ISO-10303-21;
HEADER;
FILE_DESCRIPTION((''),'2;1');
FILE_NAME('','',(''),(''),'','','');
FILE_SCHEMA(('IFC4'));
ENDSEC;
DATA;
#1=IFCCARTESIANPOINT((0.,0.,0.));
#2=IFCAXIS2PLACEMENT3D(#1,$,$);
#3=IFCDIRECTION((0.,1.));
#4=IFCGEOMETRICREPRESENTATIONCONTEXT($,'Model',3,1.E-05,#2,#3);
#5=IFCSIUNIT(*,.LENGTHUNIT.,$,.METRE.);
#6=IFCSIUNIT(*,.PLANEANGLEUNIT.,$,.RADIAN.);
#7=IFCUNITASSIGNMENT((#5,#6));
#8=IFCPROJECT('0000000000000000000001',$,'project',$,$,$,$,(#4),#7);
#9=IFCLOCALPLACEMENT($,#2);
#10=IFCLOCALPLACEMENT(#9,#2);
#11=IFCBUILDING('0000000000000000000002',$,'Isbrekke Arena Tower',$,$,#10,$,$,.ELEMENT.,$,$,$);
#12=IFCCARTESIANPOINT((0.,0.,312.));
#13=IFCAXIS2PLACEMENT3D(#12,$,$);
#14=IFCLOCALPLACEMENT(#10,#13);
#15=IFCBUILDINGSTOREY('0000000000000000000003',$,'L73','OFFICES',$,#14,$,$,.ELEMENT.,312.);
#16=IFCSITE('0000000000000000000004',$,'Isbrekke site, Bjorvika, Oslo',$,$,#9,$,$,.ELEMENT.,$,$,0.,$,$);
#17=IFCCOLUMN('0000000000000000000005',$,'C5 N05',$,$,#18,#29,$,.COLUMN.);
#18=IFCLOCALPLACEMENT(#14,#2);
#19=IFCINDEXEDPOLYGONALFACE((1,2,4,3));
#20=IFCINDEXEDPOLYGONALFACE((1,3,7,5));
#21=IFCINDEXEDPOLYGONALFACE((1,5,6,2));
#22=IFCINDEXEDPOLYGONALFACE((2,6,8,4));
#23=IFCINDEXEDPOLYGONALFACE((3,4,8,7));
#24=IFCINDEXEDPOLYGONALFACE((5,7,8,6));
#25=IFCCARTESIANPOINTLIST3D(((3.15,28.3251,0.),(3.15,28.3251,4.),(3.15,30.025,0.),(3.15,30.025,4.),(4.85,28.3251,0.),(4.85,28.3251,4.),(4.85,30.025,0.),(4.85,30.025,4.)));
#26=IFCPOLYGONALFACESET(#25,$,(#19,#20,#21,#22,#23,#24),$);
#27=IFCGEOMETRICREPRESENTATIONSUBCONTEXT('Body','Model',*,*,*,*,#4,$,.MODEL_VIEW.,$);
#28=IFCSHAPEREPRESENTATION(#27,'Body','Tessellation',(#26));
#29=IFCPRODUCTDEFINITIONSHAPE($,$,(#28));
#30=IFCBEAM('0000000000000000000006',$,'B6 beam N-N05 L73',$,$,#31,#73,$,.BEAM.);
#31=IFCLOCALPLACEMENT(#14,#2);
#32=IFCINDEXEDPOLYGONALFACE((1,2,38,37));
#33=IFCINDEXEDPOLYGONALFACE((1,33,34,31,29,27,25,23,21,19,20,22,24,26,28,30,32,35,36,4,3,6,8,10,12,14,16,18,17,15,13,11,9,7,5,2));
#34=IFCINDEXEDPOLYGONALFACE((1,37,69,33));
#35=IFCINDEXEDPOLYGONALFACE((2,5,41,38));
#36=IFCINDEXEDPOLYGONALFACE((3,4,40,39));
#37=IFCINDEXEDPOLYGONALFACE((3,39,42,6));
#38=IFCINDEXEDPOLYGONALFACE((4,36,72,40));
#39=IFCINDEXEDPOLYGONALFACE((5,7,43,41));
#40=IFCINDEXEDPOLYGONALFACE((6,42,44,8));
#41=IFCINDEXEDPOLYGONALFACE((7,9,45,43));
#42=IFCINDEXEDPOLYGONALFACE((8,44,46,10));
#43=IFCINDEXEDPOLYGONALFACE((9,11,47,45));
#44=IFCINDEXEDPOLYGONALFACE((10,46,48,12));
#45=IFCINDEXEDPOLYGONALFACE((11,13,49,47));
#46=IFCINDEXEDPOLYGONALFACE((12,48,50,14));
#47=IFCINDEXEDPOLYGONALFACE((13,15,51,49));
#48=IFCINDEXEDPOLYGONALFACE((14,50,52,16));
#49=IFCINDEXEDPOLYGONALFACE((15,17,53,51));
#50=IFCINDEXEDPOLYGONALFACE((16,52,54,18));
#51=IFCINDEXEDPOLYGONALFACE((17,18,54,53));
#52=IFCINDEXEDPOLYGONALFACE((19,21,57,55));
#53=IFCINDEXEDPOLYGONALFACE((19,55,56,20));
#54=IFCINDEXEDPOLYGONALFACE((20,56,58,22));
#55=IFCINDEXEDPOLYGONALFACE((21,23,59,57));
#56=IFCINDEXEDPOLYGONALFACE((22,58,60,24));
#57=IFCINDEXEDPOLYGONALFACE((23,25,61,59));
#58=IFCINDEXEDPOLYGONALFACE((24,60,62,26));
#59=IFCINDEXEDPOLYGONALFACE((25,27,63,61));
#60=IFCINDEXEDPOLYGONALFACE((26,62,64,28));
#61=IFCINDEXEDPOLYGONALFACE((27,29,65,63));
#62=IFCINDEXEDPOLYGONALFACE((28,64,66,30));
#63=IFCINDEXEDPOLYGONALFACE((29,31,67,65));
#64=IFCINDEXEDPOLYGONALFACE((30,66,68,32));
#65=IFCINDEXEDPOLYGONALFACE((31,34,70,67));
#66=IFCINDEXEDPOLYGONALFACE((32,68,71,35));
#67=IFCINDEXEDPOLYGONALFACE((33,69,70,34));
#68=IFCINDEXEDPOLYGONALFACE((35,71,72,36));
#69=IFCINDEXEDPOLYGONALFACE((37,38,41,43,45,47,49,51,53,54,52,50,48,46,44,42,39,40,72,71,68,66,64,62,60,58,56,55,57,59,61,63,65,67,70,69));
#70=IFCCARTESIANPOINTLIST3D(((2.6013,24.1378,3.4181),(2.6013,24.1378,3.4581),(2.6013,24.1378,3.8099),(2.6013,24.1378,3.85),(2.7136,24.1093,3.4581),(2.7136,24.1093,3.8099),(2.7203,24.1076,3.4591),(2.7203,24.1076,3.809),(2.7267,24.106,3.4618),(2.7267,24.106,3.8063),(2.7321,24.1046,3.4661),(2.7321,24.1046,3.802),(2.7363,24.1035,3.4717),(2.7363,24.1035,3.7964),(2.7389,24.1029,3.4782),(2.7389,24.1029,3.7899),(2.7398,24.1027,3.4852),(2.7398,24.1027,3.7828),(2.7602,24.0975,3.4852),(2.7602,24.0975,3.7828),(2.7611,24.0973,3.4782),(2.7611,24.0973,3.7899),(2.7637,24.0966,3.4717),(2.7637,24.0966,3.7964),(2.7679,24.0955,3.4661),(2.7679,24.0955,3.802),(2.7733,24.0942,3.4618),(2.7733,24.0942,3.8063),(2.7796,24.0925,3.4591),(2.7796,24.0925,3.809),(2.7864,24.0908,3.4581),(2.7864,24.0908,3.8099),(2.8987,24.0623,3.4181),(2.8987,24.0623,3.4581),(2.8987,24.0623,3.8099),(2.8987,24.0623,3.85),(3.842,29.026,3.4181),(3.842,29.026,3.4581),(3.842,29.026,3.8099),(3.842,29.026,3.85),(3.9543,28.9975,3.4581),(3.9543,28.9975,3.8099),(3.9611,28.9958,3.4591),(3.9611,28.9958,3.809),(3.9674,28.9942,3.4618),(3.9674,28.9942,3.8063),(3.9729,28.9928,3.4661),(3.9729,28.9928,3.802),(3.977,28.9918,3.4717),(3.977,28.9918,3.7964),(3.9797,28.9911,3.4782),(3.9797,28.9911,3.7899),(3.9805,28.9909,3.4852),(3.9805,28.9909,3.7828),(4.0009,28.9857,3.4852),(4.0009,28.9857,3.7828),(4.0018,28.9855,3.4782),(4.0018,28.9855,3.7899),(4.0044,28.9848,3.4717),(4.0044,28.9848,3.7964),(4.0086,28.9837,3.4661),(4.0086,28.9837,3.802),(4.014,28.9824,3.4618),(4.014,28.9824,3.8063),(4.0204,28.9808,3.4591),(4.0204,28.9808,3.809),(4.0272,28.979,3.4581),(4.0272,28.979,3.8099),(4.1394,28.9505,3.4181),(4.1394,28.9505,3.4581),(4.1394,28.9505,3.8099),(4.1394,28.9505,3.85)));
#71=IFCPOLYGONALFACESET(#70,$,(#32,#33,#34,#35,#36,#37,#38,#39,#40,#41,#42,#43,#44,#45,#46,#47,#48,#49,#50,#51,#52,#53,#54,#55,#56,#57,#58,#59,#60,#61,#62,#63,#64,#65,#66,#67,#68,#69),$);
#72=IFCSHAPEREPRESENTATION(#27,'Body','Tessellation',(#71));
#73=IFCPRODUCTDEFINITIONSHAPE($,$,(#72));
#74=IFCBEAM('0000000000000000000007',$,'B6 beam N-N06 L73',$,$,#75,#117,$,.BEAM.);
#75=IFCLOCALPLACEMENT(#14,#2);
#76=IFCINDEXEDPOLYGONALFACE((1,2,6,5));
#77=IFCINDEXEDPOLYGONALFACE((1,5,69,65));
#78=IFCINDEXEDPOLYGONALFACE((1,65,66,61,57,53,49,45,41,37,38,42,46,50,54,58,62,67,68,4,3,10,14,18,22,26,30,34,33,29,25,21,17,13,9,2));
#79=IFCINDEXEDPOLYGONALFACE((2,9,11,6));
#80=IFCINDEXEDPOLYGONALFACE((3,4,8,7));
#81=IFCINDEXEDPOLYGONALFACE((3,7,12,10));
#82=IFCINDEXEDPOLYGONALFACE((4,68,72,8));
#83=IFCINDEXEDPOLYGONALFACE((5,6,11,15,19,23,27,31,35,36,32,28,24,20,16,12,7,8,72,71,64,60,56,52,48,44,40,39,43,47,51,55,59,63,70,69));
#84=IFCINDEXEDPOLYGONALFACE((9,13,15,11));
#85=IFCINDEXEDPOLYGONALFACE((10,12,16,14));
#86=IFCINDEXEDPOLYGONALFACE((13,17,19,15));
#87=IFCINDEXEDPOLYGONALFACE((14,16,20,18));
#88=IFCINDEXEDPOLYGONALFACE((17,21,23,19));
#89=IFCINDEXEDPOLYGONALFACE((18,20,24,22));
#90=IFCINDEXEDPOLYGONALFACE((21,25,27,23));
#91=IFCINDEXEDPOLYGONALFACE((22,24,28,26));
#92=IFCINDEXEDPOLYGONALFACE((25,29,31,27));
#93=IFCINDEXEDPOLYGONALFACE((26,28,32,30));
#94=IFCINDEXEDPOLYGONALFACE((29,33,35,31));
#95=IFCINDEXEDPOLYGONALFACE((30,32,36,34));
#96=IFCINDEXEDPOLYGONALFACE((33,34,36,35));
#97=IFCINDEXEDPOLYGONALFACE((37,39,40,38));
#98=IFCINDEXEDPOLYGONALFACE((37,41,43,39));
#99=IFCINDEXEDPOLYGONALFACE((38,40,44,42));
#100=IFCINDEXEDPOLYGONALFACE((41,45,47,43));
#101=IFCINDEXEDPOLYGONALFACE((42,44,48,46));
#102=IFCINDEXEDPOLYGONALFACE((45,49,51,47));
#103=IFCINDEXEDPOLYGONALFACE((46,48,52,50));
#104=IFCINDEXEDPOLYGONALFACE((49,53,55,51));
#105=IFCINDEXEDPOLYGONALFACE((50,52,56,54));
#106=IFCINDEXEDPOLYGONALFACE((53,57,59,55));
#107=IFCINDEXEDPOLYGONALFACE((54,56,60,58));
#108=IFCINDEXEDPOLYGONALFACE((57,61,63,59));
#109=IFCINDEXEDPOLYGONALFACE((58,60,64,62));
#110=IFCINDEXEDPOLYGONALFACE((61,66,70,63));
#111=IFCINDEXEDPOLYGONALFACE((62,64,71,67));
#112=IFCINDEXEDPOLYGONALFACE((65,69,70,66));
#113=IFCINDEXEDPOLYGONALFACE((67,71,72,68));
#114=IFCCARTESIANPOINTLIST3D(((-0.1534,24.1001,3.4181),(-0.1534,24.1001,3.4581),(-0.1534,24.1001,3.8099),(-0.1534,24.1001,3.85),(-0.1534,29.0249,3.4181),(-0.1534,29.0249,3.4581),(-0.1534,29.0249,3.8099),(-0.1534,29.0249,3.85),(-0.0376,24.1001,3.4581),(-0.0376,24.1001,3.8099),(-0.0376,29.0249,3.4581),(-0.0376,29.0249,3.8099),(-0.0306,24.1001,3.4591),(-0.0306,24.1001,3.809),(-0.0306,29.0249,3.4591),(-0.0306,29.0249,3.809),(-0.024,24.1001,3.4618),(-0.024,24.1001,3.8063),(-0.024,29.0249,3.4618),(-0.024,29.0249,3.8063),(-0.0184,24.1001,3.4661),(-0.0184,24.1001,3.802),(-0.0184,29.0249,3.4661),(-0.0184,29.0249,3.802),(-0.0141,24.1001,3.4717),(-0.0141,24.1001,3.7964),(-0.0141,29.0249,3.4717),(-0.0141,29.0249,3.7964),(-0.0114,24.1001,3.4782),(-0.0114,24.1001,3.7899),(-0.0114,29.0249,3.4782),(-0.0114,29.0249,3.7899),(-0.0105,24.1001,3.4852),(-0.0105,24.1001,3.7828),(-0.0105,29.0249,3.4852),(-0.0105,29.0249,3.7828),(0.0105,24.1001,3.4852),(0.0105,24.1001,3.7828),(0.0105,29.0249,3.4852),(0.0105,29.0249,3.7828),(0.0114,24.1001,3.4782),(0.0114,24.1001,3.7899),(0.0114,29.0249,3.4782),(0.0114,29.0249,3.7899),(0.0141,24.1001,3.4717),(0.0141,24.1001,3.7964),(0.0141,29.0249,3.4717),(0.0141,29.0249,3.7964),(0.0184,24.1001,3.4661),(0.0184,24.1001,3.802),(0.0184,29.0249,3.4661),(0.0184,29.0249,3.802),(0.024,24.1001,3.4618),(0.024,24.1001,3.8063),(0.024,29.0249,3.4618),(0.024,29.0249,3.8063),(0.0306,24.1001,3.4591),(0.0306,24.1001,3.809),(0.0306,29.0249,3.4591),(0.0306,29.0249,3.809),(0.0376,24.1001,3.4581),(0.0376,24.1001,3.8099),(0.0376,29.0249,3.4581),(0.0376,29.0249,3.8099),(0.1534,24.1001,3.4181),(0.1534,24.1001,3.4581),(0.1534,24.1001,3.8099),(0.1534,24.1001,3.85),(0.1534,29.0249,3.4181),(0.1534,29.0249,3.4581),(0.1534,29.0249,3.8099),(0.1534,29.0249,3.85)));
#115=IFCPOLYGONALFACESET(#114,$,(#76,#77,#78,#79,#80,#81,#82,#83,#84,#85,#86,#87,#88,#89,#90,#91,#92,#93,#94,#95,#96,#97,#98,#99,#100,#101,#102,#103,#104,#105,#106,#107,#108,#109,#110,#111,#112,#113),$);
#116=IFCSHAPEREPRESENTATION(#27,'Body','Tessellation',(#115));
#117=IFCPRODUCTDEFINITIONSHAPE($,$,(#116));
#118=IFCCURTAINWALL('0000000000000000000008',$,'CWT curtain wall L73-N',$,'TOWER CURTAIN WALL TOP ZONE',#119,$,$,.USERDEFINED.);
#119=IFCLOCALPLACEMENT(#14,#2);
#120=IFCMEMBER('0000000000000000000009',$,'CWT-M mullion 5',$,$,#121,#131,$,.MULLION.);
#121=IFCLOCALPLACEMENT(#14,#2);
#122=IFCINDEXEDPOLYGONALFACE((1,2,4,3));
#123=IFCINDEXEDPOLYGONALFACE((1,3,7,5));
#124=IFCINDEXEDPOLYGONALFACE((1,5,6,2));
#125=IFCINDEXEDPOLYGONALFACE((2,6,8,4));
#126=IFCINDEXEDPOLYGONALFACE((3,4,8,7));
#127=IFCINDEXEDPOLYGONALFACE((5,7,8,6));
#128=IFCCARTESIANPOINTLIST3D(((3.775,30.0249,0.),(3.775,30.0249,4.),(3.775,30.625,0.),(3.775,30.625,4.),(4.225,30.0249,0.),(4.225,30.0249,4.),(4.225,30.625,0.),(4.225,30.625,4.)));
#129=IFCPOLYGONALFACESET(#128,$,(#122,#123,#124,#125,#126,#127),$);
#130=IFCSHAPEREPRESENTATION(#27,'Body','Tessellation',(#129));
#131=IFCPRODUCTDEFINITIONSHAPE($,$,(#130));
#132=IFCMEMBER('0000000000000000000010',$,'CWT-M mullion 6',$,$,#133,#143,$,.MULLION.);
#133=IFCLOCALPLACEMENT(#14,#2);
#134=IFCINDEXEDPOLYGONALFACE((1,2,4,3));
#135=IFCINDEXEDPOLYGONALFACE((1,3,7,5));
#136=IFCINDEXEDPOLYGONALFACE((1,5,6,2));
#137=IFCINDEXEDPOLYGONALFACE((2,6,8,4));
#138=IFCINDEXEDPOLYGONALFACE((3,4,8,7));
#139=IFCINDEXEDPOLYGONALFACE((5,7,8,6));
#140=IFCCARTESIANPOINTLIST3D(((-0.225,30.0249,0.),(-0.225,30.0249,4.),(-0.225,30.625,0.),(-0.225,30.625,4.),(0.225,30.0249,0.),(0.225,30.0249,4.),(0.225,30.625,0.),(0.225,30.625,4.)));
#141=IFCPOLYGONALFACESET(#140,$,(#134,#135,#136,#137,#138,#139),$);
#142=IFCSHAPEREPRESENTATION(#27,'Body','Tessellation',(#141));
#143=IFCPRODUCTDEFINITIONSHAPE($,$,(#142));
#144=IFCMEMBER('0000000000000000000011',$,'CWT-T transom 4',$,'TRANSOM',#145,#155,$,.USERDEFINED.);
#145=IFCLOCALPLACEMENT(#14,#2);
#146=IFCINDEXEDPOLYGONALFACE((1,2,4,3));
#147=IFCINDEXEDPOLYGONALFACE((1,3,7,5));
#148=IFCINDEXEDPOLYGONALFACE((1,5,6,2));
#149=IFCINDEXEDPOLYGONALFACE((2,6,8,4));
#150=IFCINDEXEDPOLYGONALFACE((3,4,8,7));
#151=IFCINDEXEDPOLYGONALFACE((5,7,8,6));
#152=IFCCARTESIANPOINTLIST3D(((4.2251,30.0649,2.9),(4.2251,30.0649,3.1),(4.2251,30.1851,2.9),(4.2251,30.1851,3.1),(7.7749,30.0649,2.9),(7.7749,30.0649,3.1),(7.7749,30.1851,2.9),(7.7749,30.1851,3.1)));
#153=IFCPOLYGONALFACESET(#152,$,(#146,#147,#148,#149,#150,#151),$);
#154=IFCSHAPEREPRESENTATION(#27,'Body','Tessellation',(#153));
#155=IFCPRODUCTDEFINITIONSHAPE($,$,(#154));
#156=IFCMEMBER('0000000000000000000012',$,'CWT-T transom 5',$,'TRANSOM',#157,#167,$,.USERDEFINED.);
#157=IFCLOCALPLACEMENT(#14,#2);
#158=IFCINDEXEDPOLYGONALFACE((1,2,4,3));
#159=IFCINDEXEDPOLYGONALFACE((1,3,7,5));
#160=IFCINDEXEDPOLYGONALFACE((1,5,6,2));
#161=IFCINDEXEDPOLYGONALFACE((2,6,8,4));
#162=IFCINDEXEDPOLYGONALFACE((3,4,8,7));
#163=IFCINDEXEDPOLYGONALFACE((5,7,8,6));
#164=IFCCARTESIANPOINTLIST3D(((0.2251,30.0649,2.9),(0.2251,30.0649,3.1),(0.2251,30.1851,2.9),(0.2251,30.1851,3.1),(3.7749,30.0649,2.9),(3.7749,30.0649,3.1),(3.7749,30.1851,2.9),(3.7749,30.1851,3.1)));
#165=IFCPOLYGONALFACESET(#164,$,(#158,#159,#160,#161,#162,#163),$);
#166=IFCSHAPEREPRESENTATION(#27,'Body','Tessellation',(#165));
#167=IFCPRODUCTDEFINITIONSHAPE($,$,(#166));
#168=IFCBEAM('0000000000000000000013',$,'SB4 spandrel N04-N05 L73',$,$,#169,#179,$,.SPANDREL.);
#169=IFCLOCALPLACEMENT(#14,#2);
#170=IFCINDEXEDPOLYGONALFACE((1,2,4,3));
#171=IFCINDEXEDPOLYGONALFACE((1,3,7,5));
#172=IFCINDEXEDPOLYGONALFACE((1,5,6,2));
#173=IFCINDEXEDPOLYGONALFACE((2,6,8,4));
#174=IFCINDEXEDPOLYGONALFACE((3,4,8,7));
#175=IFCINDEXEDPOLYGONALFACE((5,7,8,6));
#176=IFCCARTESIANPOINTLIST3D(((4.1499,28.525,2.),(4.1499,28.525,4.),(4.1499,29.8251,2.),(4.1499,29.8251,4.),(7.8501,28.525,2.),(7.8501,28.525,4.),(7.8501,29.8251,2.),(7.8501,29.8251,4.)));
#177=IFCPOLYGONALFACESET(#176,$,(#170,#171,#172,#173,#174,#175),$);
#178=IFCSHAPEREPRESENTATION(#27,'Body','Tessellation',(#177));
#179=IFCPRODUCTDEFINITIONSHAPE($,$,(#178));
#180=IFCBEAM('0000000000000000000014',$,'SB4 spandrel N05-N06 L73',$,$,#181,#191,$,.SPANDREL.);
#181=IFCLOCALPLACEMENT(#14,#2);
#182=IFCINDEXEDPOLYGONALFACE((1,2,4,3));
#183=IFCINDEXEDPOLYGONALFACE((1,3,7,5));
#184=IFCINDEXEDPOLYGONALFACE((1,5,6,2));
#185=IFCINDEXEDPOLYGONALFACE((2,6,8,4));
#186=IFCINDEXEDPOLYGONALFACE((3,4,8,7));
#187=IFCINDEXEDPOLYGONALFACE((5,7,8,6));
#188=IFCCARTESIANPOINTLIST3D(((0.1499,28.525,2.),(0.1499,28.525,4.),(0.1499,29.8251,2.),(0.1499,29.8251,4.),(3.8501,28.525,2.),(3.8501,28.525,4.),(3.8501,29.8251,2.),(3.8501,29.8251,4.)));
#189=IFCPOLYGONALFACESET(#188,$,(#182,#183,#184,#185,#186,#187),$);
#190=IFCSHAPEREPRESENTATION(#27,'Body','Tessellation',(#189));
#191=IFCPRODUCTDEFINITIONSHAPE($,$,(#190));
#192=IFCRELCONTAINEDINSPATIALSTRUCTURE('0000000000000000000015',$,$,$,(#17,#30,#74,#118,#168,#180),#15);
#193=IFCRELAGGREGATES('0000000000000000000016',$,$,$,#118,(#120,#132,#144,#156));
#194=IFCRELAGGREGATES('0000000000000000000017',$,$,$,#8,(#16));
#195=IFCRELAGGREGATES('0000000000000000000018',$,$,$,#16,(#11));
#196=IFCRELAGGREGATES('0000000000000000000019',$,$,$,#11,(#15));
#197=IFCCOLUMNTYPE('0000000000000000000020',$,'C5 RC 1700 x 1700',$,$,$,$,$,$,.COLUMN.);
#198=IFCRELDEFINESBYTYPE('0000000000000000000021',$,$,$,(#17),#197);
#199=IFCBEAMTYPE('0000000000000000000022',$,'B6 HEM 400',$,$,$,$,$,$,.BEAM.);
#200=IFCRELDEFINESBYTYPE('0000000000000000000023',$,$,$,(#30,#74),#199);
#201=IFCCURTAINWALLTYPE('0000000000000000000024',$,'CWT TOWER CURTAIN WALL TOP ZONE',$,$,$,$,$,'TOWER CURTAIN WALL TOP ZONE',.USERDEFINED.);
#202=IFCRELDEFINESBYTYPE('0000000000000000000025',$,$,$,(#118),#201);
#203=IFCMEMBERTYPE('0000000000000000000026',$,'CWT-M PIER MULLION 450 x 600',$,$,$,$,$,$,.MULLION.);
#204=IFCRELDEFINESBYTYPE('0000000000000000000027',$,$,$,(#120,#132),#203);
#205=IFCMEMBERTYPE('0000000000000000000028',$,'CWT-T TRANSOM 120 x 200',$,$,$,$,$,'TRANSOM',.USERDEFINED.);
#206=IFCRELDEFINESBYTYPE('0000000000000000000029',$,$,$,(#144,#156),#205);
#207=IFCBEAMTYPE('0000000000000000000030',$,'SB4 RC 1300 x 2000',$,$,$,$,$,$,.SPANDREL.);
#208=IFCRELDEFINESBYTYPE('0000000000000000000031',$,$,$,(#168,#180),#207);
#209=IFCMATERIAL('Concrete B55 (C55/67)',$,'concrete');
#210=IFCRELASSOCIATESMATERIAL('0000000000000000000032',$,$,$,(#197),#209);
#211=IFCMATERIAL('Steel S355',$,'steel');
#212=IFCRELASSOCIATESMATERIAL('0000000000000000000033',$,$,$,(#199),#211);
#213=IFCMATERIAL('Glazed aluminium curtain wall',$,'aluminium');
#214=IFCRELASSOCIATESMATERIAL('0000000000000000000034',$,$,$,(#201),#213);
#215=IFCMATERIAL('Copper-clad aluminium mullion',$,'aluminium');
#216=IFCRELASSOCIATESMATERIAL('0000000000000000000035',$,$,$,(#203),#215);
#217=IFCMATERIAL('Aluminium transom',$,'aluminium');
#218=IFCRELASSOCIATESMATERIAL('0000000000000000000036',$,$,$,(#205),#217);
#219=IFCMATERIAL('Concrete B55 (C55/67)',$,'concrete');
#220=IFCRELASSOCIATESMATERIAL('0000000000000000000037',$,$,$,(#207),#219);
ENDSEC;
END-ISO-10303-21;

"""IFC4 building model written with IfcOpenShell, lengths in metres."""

from ifc_helpers import new_model, si_unit, direction, frame, origin, origin_2d, place, context, subcontext, project, spatial, rectangle, i_section, extrude, material, material_profile, profile_set, type_object, element, aggregate, save


model = new_model("IFC4")

# Units and contexts
model_context = context("Model", 3, precision=1e-05, world=origin(), true_north=direction((0.0, 1.0)))
body_context = subcontext(model_context, "Body", "Model", "MODEL_VIEW")
ifc_project = project(units=[si_unit("LENGTHUNIT", "METRE"), si_unit("PLANEANGLEUNIT", "RADIAN")], contexts=[model_context])

# Site, building, storey
site_placement = place(None, origin())
site = spatial("IfcSite", under=ifc_project, at=site_placement, Name="Isbrekke site, Bjorvika, Oslo", CompositionType="ELEMENT", RefElevation=0.0)
building_placement = place(site_placement, origin())
building = spatial("IfcBuilding", under=site, at=building_placement, Name="Isbrekke Arena Tower", CompositionType="ELEMENT")
storey_placement = place(building_placement, frame((0.0, 0.0, 312.0)))
storey = spatial("IfcBuildingStorey", under=building, at=storey_placement, Name="L73", Description="OFFICES", CompositionType="ELEMENT", Elevation=312.0)

# Column
ifc_material_1 = material(Name="Concrete B55 (C55/67)", Category="concrete")
ifc_material_profile_1 = material_profile(ifc_material_1, rectangle(XDim=1.7, YDim=1.7, at=origin_2d()), Name="RC 1700x1700")
ifc_profile_set_1 = profile_set([ifc_material_profile_1], Name="Concrete B55 (C55/67)")
column_type = type_object("IfcColumnType", Name="C5 RC 1700 x 1700", PredefinedType="COLUMN", material=ifc_profile_set_1)
column_placement = place(storey_placement, frame((4.0, 29.175, 0.0), z_axis=(0.0, 0.0, 1.0), x_axis=(-1.0, 0.0, 0.0)))
element("IfcColumn", 1, at=column_placement, inside=storey, type_object=column_type, Name="C5 N05", PredefinedType="COLUMN", context=body_context, shape_type="SweptSolid", body=[
    extrude(rectangle(XDim=1.7, YDim=1.7, at=origin_2d()), origin(), (0.0, 0.0, 1.0), 4.0),
])

# Beams
ifc_material_2 = material(Name="Steel S355", Category="steel")
ifc_material_profile_2 = material_profile(ifc_material_2, i_section(OverallWidth=0.3069, OverallDepth=0.4319, WebThickness=0.021, FlangeThickness=0.04, FilletRadius=0.0271, at=origin_2d()), Name="HEM 400")
ifc_profile_set_2 = profile_set([ifc_material_profile_2], Name="Steel S355")
beam_type_1 = type_object("IfcBeamType", Name="B6 HEM 400", PredefinedType="BEAM", material=ifc_profile_set_2)
beam_1_placement = place(storey_placement, frame((3.9907, 28.9883, 3.634), z_axis=(-0.24602, -0.969265, 0.0), x_axis=(0.969265, -0.24602, 0.0)))
element("IfcBeam", 2, at=beam_1_placement, inside=storey, type_object=beam_type_1, Name="B6 beam N-N05 L73", PredefinedType="BEAM", context=body_context, shape_type="SweptSolid", body=[
    extrude(i_section(OverallWidth=0.3069, OverallDepth=0.4319, WebThickness=0.021, FlangeThickness=0.04, FilletRadius=0.0271, at=origin_2d()), origin(), (0.0, 0.0, 1.0), 5.0432),
])
beam_2_placement = place(storey_placement, frame((0.0, 29.0249, 3.634), z_axis=(0.0, -1.0, 0.0), x_axis=(1.0, 0.0, 0.0)))
element("IfcBeam", 3, at=beam_2_placement, inside=storey, type_object=beam_type_1, Name="B6 beam N-N06 L73", PredefinedType="BEAM", context=body_context, shape_type="SweptSolid", body=[
    extrude(i_section(OverallWidth=0.3069, OverallDepth=0.4319, WebThickness=0.021, FlangeThickness=0.04, FilletRadius=0.0271, at=origin_2d()), origin(), (0.0, 0.0, 1.0), 4.9248),
])

# Curtain wall, members
ifc_material_3 = material(Name="Glazed aluminium curtain wall", Category="aluminium")
curtain_wall_type = type_object("IfcCurtainWallType", Name="CWT TOWER CURTAIN WALL TOP ZONE", ElementType="TOWER CURTAIN WALL TOP ZONE", PredefinedType="USERDEFINED", material=ifc_material_3)
curtain_wall_placement = place(storey_placement, origin())
curtain_wall = element("IfcCurtainWall", 4, at=curtain_wall_placement, inside=storey, type_object=curtain_wall_type, Name="CWT curtain wall L73-N", ObjectType="TOWER CURTAIN WALL TOP ZONE", PredefinedType="USERDEFINED")
ifc_material_4 = material(Name="Copper-clad aluminium mullion", Category="aluminium")
ifc_material_profile_3 = material_profile(ifc_material_4, rectangle(XDim=0.45, YDim=0.6001, at=origin_2d()), Name="PIER 450X600")
ifc_profile_set_3 = profile_set([ifc_material_profile_3], Name="Copper-clad aluminium mullion")
member_type_1 = type_object("IfcMemberType", Name="CWT-M PIER MULLION 450 x 600", PredefinedType="MULLION", material=ifc_profile_set_3)
member_1_placement = place(storey_placement, frame((4.0, 30.325, 0.0), z_axis=(0.0, 0.0, 1.0), x_axis=(-1.0, 0.0, 0.0)))
member_1 = element("IfcMember", 5, at=member_1_placement, type_object=member_type_1, Name="CWT-M mullion 5", PredefinedType="MULLION", context=body_context, shape_type="SweptSolid", body=[
    extrude(rectangle(XDim=0.45, YDim=0.6001, at=origin_2d()), origin(), (0.0, 0.0, 1.0), 4.0),
])
member_2_placement = place(storey_placement, frame((0.0, 30.325, 0.0), z_axis=(0.0, 0.0, 1.0), x_axis=(-1.0, 0.0, 0.0)))
member_2 = element("IfcMember", 6, at=member_2_placement, type_object=member_type_1, Name="CWT-M mullion 6", PredefinedType="MULLION", context=body_context, shape_type="SweptSolid", body=[
    extrude(rectangle(XDim=0.45, YDim=0.6001, at=origin_2d()), origin(), (0.0, 0.0, 1.0), 4.0),
])
ifc_material_5 = material(Name="Aluminium transom", Category="aluminium")
ifc_material_profile_4 = material_profile(ifc_material_5, rectangle(XDim=0.1201, YDim=0.2, at=origin_2d()), Name="TRANSOM 120X200")
ifc_profile_set_4 = profile_set([ifc_material_profile_4], Name="Aluminium transom")
member_type_2 = type_object("IfcMemberType", Name="CWT-T TRANSOM 120 x 200", ElementType="TRANSOM", PredefinedType="USERDEFINED", material=ifc_profile_set_4)
member_3_placement = place(storey_placement, frame((7.7749, 30.125, 3.0), z_axis=(-1.0, 0.0, 0.0), x_axis=(0.0, -1.0, 0.0)))
member_3 = element("IfcMember", 7, at=member_3_placement, type_object=member_type_2, Name="CWT-T transom 4", ObjectType="TRANSOM", PredefinedType="USERDEFINED", context=body_context, shape_type="SweptSolid", body=[
    extrude(rectangle(XDim=0.1201, YDim=0.2, at=origin_2d()), origin(), (0.0, 0.0, 1.0), 3.5498),
])
member_4_placement = place(storey_placement, frame((3.7749, 30.125, 3.0), z_axis=(-1.0, 0.0, 0.0), x_axis=(0.0, -1.0, 0.0)))
member_4 = element("IfcMember", 8, at=member_4_placement, type_object=member_type_2, Name="CWT-T transom 5", ObjectType="TRANSOM", PredefinedType="USERDEFINED", context=body_context, shape_type="SweptSolid", body=[
    extrude(rectangle(XDim=0.1201, YDim=0.2, at=origin_2d()), origin(), (0.0, 0.0, 1.0), 3.5498),
])

# Beams
ifc_material_6 = material(Name="Concrete B55 (C55/67)", Category="concrete")
ifc_material_profile_5 = material_profile(ifc_material_6, rectangle(XDim=1.3, YDim=2.0, at=origin_2d()), Name="RC 1300x2000")
ifc_profile_set_5 = profile_set([ifc_material_profile_5], Name="Concrete B55 (C55/67)")
beam_type_2 = type_object("IfcBeamType", Name="SB4 RC 1300 x 2000", PredefinedType="SPANDREL", material=ifc_profile_set_5)
for number, where, z_axis, x_axis, name in (
    (9, (7.8501, 29.175, 3.0), (-1.0, 0.0, 0.0), (0.0, -1.0, 0.0), "SB4 spandrel N04-N05 L73"),
    (10, (3.8501, 29.175, 3.0), (-1.0, 0.0, 0.0), (0.0, -1.0, 0.0), "SB4 spandrel N05-N06 L73"),
):
    element("IfcBeam", number, at=place(storey_placement, frame(where, z_axis=z_axis, x_axis=x_axis)), inside=storey, type_object=beam_type_2, Name=name, PredefinedType="SPANDREL", context=body_context, shape_type="SweptSolid", body=[
        extrude(rectangle(XDim=1.3, YDim=2.0, at=origin_2d()), origin(), (0.0, 0.0, 1.0), 3.7002),
    ])

aggregate(curtain_wall, [member_1, member_2, member_3, member_4])

save(model, "model.ifc")
